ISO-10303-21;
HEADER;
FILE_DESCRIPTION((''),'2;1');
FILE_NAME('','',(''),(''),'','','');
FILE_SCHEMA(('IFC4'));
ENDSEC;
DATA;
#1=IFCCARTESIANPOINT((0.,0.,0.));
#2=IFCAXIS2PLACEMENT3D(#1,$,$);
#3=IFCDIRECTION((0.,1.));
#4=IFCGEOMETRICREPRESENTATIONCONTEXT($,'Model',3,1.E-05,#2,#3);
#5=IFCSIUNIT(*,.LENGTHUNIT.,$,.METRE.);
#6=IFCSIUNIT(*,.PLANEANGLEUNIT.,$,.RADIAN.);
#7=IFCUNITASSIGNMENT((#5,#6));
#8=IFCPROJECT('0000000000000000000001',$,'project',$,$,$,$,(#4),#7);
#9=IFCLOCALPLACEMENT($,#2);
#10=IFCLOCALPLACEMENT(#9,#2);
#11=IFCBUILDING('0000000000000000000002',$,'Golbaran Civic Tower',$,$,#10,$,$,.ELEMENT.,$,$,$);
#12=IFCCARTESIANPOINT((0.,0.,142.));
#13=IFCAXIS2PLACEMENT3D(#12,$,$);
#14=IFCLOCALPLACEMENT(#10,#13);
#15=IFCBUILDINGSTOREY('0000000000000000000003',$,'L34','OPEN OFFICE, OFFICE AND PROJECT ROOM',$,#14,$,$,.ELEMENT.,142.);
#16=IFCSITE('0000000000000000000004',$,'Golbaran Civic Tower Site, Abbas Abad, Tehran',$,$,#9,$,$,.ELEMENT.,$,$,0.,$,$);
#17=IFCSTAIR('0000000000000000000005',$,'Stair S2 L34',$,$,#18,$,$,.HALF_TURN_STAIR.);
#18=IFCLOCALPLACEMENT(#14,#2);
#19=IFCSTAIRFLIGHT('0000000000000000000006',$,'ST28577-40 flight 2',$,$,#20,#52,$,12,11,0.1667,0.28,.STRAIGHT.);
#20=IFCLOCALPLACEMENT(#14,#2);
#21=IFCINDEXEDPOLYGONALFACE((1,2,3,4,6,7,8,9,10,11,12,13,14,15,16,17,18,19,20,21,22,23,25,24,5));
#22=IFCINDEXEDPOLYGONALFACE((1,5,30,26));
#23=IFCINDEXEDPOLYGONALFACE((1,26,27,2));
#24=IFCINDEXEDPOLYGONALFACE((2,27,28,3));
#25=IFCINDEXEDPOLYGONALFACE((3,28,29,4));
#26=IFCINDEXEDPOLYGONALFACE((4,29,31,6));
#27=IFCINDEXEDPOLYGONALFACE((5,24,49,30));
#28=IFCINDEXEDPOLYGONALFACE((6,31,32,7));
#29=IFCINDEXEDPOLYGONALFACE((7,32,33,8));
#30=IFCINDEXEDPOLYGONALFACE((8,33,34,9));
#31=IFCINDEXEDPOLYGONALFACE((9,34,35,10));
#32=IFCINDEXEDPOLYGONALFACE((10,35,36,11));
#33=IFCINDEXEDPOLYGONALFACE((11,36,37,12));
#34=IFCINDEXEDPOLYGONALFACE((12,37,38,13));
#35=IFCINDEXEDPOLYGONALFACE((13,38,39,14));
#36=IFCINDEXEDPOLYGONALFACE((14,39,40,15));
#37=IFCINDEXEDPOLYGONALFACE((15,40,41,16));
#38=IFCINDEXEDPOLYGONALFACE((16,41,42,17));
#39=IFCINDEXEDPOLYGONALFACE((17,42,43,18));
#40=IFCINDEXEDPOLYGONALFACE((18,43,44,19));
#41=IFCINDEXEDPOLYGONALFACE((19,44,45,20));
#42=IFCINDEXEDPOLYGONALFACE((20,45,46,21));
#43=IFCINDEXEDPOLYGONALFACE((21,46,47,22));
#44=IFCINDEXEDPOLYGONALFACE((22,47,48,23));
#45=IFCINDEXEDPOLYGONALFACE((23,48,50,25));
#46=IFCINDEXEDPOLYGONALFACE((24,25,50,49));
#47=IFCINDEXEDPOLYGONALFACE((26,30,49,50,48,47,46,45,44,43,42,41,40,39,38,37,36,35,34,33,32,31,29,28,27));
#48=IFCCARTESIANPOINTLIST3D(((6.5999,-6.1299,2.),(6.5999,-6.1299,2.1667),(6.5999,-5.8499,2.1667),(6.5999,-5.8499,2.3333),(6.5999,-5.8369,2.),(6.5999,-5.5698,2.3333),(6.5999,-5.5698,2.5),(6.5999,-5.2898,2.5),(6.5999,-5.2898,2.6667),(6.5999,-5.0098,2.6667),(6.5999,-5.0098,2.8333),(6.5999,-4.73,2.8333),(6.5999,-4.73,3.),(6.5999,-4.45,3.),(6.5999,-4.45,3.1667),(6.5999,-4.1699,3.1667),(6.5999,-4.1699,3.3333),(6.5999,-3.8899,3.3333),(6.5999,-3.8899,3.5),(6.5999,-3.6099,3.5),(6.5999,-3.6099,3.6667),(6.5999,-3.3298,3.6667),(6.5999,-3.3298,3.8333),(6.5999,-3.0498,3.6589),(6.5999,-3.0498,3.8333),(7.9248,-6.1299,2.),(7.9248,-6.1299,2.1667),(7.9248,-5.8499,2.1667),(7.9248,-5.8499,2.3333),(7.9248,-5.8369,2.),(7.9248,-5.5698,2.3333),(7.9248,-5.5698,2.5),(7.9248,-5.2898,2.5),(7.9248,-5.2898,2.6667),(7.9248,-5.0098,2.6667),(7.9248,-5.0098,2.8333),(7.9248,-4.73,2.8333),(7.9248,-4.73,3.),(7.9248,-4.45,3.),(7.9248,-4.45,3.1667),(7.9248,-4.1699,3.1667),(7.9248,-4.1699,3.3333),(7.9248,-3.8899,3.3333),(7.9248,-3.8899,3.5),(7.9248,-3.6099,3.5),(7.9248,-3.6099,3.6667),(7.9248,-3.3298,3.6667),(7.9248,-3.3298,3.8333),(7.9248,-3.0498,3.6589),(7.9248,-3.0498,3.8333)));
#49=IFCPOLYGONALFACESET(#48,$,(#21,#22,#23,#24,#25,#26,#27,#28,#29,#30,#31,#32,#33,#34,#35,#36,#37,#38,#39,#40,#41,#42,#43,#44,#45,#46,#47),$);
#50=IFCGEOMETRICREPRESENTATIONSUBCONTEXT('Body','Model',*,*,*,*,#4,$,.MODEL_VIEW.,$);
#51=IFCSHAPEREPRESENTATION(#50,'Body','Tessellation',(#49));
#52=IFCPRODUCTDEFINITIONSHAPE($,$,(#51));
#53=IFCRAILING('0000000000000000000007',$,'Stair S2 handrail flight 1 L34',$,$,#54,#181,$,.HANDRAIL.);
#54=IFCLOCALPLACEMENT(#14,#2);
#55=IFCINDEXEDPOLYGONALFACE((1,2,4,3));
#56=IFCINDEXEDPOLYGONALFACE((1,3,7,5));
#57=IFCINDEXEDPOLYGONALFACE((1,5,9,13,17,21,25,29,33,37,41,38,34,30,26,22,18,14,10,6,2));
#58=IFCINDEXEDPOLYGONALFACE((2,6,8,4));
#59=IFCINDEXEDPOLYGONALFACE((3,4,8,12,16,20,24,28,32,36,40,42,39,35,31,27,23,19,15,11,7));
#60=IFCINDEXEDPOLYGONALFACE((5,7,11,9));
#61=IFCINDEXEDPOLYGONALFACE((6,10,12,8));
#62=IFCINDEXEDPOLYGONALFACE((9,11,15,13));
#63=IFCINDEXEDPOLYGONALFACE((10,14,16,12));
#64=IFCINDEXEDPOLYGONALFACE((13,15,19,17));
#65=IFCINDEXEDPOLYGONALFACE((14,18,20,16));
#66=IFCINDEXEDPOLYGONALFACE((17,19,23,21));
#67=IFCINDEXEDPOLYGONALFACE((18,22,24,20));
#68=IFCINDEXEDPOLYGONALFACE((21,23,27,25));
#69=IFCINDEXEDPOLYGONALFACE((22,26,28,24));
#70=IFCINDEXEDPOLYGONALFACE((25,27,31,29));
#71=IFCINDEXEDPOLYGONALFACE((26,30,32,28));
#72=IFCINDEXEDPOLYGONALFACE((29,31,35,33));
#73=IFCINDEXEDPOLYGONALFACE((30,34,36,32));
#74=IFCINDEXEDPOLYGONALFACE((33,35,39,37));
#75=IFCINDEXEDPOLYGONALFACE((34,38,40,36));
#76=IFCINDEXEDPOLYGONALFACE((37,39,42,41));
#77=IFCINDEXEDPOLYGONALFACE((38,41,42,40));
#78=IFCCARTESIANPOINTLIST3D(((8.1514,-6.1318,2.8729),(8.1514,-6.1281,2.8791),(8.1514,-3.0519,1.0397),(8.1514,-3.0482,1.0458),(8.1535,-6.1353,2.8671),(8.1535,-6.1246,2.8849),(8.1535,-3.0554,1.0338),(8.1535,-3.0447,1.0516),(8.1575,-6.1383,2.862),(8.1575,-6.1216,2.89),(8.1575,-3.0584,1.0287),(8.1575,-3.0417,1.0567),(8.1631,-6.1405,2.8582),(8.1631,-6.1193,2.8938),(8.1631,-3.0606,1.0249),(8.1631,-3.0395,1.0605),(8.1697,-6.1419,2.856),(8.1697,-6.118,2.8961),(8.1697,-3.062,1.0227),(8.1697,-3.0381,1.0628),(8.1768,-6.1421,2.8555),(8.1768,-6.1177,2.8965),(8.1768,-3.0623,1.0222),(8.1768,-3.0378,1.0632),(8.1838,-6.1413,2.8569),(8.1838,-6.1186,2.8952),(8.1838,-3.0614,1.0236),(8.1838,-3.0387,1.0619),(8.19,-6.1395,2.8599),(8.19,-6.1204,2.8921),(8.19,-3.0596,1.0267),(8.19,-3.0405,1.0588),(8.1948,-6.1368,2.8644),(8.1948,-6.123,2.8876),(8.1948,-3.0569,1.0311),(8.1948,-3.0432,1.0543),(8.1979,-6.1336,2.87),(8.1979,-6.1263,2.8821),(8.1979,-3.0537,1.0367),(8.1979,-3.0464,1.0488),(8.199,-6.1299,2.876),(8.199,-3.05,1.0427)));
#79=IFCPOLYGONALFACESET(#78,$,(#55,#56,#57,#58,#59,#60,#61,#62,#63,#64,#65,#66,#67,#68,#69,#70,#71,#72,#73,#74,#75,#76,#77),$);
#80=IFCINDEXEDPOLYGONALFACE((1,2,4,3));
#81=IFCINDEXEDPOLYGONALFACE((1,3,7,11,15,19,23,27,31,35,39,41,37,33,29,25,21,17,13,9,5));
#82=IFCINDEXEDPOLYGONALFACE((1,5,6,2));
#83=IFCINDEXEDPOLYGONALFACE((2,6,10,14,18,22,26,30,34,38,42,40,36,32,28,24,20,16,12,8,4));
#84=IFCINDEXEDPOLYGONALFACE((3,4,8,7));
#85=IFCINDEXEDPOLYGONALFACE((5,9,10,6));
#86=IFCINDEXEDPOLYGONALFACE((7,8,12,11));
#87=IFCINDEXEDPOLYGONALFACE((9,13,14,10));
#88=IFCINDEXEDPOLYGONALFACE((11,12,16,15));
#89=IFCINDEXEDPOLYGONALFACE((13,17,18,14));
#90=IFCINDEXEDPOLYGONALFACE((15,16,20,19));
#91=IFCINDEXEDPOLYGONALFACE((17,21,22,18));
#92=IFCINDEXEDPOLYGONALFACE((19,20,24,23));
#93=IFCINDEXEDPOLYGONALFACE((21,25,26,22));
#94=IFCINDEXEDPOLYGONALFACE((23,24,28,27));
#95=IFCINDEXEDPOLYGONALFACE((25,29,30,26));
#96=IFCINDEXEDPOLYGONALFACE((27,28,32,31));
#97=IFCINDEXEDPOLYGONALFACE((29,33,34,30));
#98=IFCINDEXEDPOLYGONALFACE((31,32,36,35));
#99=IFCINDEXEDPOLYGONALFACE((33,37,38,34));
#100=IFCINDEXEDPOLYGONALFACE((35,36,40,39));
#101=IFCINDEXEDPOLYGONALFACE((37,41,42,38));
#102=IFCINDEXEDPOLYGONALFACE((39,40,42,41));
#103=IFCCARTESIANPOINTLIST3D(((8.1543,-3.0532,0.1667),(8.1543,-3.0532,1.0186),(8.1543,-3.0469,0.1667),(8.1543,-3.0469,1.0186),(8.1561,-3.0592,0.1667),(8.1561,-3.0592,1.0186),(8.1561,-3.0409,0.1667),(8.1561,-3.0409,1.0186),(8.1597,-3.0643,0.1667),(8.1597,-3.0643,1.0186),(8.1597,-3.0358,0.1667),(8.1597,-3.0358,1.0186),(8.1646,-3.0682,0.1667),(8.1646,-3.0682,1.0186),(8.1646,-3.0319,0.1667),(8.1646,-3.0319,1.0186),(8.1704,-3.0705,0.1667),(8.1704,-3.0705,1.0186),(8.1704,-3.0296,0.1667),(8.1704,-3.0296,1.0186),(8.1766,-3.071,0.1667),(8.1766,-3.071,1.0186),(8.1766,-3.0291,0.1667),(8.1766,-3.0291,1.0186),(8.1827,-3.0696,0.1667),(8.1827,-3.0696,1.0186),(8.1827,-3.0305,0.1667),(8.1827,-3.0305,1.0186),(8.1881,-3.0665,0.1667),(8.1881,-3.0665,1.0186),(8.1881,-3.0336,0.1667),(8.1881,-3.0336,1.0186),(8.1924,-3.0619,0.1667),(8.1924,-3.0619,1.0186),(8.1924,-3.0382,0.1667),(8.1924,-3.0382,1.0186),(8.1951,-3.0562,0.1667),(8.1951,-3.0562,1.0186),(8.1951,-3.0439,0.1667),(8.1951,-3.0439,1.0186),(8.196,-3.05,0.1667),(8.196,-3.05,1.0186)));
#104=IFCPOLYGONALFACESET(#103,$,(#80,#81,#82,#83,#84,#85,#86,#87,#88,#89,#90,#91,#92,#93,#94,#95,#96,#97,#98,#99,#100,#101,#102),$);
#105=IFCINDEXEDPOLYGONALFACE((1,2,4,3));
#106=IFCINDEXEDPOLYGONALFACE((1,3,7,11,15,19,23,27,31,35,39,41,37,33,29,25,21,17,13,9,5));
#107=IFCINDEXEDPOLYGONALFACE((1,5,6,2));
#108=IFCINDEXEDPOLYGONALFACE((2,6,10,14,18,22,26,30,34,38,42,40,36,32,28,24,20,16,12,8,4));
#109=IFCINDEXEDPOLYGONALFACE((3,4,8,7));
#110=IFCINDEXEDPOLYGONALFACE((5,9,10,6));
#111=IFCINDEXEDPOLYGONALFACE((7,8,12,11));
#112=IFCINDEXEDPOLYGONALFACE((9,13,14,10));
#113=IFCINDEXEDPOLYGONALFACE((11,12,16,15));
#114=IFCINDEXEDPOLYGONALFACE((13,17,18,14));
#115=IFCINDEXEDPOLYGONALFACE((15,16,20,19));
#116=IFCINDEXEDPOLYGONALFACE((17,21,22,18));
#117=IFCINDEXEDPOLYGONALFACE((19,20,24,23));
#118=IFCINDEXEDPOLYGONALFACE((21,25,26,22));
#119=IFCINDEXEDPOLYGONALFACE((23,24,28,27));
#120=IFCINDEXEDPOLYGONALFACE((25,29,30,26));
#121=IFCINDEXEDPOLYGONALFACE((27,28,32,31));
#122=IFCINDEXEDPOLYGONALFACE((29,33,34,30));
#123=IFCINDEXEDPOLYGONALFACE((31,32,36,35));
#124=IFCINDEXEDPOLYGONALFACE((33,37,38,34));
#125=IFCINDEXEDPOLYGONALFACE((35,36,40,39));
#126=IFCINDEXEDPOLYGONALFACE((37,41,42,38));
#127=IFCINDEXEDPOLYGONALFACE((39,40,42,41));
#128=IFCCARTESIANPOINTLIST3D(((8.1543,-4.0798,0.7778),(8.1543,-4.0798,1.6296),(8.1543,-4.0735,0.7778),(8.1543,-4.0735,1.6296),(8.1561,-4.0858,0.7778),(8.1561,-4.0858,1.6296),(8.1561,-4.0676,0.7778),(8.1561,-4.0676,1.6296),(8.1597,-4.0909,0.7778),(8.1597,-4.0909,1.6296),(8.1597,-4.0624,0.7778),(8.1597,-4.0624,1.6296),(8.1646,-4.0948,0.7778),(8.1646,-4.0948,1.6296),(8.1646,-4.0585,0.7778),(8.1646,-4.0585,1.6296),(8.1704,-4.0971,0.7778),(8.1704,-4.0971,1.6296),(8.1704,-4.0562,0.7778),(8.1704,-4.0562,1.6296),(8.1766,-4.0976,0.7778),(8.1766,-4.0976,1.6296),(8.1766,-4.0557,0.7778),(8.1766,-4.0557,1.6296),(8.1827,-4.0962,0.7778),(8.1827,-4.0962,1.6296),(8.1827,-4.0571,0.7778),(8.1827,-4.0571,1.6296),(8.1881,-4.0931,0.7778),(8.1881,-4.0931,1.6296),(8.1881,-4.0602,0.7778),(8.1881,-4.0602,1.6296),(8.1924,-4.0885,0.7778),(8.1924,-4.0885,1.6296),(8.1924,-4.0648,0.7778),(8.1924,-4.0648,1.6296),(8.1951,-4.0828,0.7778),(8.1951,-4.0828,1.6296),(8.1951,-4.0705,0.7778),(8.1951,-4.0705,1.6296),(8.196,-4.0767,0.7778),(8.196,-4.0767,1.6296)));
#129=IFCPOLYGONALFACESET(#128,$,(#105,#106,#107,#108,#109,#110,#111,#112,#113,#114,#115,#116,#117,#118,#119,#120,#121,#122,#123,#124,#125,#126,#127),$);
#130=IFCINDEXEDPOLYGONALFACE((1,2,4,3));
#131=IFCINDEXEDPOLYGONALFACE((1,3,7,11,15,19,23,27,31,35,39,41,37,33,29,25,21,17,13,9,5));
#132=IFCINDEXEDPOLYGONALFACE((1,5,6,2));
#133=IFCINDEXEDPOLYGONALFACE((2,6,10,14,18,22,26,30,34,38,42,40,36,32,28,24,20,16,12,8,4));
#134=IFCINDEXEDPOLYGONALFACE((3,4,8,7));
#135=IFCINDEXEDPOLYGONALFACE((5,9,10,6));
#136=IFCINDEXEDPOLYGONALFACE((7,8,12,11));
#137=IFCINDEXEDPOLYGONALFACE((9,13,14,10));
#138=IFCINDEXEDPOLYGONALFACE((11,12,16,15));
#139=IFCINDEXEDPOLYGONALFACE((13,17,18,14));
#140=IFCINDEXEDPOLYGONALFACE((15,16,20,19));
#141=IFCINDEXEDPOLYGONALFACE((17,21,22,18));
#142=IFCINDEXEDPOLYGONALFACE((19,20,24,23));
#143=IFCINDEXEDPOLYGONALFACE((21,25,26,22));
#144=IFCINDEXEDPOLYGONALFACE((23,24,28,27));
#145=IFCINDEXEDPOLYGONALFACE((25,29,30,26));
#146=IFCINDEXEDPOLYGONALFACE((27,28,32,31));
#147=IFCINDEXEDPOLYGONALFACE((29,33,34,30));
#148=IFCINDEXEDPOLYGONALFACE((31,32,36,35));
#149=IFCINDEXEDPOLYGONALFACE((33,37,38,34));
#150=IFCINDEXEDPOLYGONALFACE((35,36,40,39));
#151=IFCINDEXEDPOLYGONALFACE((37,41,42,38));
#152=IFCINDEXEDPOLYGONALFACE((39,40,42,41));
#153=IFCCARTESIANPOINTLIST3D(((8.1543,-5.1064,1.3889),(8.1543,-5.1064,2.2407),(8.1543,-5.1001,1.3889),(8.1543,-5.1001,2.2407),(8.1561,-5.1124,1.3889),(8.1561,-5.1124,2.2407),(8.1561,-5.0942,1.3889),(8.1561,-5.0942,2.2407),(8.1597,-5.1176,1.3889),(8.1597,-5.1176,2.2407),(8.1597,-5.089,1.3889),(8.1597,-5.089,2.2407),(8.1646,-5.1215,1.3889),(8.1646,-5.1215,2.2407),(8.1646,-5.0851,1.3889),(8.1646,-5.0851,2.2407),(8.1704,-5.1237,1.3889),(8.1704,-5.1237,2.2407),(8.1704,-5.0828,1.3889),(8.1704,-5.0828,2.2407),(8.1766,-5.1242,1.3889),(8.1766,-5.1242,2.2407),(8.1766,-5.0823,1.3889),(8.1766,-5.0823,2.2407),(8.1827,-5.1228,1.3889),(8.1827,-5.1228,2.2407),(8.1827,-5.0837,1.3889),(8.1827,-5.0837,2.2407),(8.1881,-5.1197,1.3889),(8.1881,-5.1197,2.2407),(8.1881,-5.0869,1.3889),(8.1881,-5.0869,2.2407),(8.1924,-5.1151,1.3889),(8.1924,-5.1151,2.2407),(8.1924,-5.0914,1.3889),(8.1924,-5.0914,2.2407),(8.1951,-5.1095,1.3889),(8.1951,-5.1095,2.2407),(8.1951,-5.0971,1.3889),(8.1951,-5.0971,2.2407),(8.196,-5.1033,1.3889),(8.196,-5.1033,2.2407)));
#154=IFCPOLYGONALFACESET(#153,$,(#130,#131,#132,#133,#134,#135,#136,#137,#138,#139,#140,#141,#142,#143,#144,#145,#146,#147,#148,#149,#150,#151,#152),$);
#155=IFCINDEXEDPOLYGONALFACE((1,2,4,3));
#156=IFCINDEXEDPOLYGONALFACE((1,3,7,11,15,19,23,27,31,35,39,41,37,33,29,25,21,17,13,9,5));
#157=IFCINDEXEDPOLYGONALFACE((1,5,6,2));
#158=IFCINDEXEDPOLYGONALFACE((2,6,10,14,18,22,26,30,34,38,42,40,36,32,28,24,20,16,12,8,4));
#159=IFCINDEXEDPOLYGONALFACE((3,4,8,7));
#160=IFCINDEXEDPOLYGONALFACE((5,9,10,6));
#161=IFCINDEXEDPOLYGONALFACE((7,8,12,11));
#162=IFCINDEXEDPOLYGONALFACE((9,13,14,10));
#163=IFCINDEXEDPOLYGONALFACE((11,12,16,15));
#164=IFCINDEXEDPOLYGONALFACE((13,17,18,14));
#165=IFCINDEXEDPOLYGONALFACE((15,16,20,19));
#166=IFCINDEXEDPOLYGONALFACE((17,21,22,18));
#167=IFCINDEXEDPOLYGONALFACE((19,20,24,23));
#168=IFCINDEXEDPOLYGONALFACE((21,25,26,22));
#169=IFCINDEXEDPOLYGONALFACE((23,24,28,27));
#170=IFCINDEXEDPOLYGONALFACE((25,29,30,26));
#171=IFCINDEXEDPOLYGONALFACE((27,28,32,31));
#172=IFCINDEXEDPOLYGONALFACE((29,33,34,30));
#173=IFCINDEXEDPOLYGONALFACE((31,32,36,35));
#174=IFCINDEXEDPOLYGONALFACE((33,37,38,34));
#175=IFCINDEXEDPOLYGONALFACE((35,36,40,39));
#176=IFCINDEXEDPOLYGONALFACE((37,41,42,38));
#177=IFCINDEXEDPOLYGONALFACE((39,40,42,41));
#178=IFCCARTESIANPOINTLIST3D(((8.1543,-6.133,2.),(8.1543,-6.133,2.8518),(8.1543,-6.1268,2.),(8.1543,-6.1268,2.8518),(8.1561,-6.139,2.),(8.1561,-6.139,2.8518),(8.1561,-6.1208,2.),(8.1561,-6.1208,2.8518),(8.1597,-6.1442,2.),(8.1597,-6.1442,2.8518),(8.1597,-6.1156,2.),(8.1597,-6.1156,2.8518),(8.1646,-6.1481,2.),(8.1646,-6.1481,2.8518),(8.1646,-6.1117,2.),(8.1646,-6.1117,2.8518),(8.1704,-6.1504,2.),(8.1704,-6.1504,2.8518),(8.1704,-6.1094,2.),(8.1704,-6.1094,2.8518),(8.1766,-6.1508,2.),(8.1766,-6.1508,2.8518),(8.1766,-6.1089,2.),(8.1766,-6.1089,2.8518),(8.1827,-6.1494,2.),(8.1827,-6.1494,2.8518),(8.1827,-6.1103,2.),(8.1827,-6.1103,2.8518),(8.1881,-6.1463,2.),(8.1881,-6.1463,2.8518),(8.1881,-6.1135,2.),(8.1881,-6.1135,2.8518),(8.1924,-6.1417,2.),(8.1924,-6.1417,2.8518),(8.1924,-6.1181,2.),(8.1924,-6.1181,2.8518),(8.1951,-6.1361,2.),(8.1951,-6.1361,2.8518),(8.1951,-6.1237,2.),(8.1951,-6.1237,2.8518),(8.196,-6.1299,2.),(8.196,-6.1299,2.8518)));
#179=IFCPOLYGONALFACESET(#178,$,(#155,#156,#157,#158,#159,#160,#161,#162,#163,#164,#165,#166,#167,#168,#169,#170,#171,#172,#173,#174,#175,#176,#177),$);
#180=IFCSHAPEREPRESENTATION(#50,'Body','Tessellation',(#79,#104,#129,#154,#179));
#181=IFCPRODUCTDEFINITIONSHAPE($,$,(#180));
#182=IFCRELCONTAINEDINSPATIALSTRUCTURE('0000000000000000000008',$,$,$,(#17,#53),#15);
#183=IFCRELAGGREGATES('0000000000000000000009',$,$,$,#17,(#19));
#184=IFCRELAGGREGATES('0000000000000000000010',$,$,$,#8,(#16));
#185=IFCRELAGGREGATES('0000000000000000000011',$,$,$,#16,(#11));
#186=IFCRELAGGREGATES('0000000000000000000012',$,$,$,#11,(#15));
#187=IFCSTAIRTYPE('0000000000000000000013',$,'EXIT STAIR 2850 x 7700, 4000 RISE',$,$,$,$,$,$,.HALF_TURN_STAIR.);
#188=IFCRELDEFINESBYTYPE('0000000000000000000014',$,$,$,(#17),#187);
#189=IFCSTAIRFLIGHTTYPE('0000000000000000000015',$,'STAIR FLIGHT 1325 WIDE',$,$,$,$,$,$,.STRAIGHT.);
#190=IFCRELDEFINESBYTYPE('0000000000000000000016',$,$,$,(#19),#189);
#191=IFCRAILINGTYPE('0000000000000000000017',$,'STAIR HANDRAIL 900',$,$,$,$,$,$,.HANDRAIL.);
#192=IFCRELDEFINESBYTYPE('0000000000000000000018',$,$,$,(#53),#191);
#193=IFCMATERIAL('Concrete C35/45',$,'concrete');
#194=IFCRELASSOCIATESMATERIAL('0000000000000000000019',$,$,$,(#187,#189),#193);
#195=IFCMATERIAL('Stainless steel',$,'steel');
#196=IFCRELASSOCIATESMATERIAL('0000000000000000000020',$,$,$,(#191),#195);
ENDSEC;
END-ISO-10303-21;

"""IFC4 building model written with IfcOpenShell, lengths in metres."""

from ifc_helpers import new_model, si_unit, direction, frame, origin, origin_2d, place, context, subcontext, project, spatial, polyline, circle, outline, extrude, material, type_object, element, aggregate, save


model = new_model("IFC4")

# Units and contexts
model_context = context("Model", 3, precision=1e-05, world=origin(), true_north=direction((0.0, 1.0)))
body_context = subcontext(model_context, "Body", "Model", "MODEL_VIEW")
ifc_project = project(units=[si_unit("LENGTHUNIT", "METRE"), si_unit("PLANEANGLEUNIT", "RADIAN")], contexts=[model_context])

# Site, building, storey
site_placement = place(None, origin())
site = spatial("IfcSite", under=ifc_project, at=site_placement, Name="Golbaran Civic Tower Site, Abbas Abad, Tehran", CompositionType="ELEMENT", RefElevation=0.0)
building_placement = place(site_placement, origin())
building = spatial("IfcBuilding", under=site, at=building_placement, Name="Golbaran Civic Tower", CompositionType="ELEMENT")
storey_placement = place(building_placement, frame((0.0, 0.0, 142.0)))
storey = spatial("IfcBuildingStorey", under=building, at=storey_placement, Name="L34", Description="OPEN OFFICE, OFFICE AND PROJECT ROOM", CompositionType="ELEMENT", Elevation=142.0)

# Stair
ifc_material_1 = material(Name="Concrete C35/45", Category="concrete")
stair_type_1 = type_object("IfcStairType", Name="EXIT STAIR 2850 x 7700, 4000 RISE", PredefinedType="HALF_TURN_STAIR", material=ifc_material_1)
stair_1_placement = place(storey_placement, origin())
stair_1 = element("IfcStair", 1, at=stair_1_placement, inside=storey, type_object=stair_type_1, Name="Stair S2 L34", PredefinedType="HALF_TURN_STAIR")

# Shared definitions
ifc_material_2 = material(Name="Stainless steel", Category="steel")

# Stair flight
stair_flight_type = type_object("IfcStairFlightType", Name="STAIR FLIGHT 1325 WIDE", PredefinedType="STRAIGHT", material=ifc_material_1)
stair_flight_placement = place(storey_placement, frame((7.2625, -6.1299, 2.0), z_axis=(0.0, 0.0, 1.0), x_axis=(0.0, 1.0, 0.0)))
stair_flight = element("IfcStairFlight", 2, at=stair_flight_placement, type_object=stair_flight_type, Name="ST28577-40 flight 2", NumberOfRisers=12, NumberOfTreads=11, PredefinedType="STRAIGHT", RiserHeight=0.1667, TreadLength=0.28, context=body_context, shape_type="SweptSolid", body=[
    extrude(outline(polyline([(0.0, 0.0), (0.0, 0.1667), (0.28, 0.1667), (0.28, 0.3333), (0.5601, 0.3333), (0.5601, 0.5), (0.8401, 0.5), (0.8401, 0.6667), (1.1201, 0.6667), (1.1201, 0.8333), (1.3999, 0.8333), (1.3999, 1.0), (1.6799, 1.0), (1.6799, 1.1667), (1.96, 1.1667), (1.96, 1.3333), (2.24, 1.3333), (2.24, 1.5), (2.52, 1.5), (2.52, 1.6667), (2.8, 1.6667), (2.8, 1.8333), (3.0801, 1.8333), (3.0801, 2.0), (3.0801, 1.6589), (0.293, 0.0), (0.0, 0.0)])), frame((0.0, 0.6626, 0.0), z_axis=(0.0, -1.0, 0.0), x_axis=(1.0, 0.0, 0.0)), (0.0, 0.0, 1.0), 1.325),
])
aggregate(stair_1, [stair_flight])

# Railing
railing_type = type_object("IfcRailingType", Name="STAIR HANDRAIL 900", PredefinedType="HANDRAIL", material=ifc_material_2)
railing_1_placement = place(storey_placement, frame((8.175, -3.05, 0.1667)))
element("IfcRailing", 3, at=railing_1_placement, inside=storey, type_object=railing_type, Name="Stair S2 handrail flight 1 L34", PredefinedType="HANDRAIL", context=body_context, shape_type="SweptSolid", body=[
    extrude(circle(Radius=0.0239, at=origin_2d()), frame((0.0, 0.0, 0.876), z_axis=(0.0, -0.859291, 0.511487), x_axis=(1.0, 0.0, 0.0)), (0.0, 0.0, 1.0), 3.5842),
    extrude(circle(Radius=0.021, at=origin_2d()), origin(), (0.0, 0.0, 1.0), 0.8518),
    extrude(circle(Radius=0.021, at=origin_2d()), frame((0.0, -1.0266, 0.6111)), (0.0, 0.0, 1.0), 0.8518),
    extrude(circle(Radius=0.021, at=origin_2d()), frame((0.0, -2.0532, 1.2222)), (0.0, 0.0, 1.0), 0.8518),
    extrude(circle(Radius=0.021, at=origin_2d()), frame((0.0, -3.0798, 1.8333)), (0.0, 0.0, 1.0), 0.8518),
])

save(model, "model.ifc")
